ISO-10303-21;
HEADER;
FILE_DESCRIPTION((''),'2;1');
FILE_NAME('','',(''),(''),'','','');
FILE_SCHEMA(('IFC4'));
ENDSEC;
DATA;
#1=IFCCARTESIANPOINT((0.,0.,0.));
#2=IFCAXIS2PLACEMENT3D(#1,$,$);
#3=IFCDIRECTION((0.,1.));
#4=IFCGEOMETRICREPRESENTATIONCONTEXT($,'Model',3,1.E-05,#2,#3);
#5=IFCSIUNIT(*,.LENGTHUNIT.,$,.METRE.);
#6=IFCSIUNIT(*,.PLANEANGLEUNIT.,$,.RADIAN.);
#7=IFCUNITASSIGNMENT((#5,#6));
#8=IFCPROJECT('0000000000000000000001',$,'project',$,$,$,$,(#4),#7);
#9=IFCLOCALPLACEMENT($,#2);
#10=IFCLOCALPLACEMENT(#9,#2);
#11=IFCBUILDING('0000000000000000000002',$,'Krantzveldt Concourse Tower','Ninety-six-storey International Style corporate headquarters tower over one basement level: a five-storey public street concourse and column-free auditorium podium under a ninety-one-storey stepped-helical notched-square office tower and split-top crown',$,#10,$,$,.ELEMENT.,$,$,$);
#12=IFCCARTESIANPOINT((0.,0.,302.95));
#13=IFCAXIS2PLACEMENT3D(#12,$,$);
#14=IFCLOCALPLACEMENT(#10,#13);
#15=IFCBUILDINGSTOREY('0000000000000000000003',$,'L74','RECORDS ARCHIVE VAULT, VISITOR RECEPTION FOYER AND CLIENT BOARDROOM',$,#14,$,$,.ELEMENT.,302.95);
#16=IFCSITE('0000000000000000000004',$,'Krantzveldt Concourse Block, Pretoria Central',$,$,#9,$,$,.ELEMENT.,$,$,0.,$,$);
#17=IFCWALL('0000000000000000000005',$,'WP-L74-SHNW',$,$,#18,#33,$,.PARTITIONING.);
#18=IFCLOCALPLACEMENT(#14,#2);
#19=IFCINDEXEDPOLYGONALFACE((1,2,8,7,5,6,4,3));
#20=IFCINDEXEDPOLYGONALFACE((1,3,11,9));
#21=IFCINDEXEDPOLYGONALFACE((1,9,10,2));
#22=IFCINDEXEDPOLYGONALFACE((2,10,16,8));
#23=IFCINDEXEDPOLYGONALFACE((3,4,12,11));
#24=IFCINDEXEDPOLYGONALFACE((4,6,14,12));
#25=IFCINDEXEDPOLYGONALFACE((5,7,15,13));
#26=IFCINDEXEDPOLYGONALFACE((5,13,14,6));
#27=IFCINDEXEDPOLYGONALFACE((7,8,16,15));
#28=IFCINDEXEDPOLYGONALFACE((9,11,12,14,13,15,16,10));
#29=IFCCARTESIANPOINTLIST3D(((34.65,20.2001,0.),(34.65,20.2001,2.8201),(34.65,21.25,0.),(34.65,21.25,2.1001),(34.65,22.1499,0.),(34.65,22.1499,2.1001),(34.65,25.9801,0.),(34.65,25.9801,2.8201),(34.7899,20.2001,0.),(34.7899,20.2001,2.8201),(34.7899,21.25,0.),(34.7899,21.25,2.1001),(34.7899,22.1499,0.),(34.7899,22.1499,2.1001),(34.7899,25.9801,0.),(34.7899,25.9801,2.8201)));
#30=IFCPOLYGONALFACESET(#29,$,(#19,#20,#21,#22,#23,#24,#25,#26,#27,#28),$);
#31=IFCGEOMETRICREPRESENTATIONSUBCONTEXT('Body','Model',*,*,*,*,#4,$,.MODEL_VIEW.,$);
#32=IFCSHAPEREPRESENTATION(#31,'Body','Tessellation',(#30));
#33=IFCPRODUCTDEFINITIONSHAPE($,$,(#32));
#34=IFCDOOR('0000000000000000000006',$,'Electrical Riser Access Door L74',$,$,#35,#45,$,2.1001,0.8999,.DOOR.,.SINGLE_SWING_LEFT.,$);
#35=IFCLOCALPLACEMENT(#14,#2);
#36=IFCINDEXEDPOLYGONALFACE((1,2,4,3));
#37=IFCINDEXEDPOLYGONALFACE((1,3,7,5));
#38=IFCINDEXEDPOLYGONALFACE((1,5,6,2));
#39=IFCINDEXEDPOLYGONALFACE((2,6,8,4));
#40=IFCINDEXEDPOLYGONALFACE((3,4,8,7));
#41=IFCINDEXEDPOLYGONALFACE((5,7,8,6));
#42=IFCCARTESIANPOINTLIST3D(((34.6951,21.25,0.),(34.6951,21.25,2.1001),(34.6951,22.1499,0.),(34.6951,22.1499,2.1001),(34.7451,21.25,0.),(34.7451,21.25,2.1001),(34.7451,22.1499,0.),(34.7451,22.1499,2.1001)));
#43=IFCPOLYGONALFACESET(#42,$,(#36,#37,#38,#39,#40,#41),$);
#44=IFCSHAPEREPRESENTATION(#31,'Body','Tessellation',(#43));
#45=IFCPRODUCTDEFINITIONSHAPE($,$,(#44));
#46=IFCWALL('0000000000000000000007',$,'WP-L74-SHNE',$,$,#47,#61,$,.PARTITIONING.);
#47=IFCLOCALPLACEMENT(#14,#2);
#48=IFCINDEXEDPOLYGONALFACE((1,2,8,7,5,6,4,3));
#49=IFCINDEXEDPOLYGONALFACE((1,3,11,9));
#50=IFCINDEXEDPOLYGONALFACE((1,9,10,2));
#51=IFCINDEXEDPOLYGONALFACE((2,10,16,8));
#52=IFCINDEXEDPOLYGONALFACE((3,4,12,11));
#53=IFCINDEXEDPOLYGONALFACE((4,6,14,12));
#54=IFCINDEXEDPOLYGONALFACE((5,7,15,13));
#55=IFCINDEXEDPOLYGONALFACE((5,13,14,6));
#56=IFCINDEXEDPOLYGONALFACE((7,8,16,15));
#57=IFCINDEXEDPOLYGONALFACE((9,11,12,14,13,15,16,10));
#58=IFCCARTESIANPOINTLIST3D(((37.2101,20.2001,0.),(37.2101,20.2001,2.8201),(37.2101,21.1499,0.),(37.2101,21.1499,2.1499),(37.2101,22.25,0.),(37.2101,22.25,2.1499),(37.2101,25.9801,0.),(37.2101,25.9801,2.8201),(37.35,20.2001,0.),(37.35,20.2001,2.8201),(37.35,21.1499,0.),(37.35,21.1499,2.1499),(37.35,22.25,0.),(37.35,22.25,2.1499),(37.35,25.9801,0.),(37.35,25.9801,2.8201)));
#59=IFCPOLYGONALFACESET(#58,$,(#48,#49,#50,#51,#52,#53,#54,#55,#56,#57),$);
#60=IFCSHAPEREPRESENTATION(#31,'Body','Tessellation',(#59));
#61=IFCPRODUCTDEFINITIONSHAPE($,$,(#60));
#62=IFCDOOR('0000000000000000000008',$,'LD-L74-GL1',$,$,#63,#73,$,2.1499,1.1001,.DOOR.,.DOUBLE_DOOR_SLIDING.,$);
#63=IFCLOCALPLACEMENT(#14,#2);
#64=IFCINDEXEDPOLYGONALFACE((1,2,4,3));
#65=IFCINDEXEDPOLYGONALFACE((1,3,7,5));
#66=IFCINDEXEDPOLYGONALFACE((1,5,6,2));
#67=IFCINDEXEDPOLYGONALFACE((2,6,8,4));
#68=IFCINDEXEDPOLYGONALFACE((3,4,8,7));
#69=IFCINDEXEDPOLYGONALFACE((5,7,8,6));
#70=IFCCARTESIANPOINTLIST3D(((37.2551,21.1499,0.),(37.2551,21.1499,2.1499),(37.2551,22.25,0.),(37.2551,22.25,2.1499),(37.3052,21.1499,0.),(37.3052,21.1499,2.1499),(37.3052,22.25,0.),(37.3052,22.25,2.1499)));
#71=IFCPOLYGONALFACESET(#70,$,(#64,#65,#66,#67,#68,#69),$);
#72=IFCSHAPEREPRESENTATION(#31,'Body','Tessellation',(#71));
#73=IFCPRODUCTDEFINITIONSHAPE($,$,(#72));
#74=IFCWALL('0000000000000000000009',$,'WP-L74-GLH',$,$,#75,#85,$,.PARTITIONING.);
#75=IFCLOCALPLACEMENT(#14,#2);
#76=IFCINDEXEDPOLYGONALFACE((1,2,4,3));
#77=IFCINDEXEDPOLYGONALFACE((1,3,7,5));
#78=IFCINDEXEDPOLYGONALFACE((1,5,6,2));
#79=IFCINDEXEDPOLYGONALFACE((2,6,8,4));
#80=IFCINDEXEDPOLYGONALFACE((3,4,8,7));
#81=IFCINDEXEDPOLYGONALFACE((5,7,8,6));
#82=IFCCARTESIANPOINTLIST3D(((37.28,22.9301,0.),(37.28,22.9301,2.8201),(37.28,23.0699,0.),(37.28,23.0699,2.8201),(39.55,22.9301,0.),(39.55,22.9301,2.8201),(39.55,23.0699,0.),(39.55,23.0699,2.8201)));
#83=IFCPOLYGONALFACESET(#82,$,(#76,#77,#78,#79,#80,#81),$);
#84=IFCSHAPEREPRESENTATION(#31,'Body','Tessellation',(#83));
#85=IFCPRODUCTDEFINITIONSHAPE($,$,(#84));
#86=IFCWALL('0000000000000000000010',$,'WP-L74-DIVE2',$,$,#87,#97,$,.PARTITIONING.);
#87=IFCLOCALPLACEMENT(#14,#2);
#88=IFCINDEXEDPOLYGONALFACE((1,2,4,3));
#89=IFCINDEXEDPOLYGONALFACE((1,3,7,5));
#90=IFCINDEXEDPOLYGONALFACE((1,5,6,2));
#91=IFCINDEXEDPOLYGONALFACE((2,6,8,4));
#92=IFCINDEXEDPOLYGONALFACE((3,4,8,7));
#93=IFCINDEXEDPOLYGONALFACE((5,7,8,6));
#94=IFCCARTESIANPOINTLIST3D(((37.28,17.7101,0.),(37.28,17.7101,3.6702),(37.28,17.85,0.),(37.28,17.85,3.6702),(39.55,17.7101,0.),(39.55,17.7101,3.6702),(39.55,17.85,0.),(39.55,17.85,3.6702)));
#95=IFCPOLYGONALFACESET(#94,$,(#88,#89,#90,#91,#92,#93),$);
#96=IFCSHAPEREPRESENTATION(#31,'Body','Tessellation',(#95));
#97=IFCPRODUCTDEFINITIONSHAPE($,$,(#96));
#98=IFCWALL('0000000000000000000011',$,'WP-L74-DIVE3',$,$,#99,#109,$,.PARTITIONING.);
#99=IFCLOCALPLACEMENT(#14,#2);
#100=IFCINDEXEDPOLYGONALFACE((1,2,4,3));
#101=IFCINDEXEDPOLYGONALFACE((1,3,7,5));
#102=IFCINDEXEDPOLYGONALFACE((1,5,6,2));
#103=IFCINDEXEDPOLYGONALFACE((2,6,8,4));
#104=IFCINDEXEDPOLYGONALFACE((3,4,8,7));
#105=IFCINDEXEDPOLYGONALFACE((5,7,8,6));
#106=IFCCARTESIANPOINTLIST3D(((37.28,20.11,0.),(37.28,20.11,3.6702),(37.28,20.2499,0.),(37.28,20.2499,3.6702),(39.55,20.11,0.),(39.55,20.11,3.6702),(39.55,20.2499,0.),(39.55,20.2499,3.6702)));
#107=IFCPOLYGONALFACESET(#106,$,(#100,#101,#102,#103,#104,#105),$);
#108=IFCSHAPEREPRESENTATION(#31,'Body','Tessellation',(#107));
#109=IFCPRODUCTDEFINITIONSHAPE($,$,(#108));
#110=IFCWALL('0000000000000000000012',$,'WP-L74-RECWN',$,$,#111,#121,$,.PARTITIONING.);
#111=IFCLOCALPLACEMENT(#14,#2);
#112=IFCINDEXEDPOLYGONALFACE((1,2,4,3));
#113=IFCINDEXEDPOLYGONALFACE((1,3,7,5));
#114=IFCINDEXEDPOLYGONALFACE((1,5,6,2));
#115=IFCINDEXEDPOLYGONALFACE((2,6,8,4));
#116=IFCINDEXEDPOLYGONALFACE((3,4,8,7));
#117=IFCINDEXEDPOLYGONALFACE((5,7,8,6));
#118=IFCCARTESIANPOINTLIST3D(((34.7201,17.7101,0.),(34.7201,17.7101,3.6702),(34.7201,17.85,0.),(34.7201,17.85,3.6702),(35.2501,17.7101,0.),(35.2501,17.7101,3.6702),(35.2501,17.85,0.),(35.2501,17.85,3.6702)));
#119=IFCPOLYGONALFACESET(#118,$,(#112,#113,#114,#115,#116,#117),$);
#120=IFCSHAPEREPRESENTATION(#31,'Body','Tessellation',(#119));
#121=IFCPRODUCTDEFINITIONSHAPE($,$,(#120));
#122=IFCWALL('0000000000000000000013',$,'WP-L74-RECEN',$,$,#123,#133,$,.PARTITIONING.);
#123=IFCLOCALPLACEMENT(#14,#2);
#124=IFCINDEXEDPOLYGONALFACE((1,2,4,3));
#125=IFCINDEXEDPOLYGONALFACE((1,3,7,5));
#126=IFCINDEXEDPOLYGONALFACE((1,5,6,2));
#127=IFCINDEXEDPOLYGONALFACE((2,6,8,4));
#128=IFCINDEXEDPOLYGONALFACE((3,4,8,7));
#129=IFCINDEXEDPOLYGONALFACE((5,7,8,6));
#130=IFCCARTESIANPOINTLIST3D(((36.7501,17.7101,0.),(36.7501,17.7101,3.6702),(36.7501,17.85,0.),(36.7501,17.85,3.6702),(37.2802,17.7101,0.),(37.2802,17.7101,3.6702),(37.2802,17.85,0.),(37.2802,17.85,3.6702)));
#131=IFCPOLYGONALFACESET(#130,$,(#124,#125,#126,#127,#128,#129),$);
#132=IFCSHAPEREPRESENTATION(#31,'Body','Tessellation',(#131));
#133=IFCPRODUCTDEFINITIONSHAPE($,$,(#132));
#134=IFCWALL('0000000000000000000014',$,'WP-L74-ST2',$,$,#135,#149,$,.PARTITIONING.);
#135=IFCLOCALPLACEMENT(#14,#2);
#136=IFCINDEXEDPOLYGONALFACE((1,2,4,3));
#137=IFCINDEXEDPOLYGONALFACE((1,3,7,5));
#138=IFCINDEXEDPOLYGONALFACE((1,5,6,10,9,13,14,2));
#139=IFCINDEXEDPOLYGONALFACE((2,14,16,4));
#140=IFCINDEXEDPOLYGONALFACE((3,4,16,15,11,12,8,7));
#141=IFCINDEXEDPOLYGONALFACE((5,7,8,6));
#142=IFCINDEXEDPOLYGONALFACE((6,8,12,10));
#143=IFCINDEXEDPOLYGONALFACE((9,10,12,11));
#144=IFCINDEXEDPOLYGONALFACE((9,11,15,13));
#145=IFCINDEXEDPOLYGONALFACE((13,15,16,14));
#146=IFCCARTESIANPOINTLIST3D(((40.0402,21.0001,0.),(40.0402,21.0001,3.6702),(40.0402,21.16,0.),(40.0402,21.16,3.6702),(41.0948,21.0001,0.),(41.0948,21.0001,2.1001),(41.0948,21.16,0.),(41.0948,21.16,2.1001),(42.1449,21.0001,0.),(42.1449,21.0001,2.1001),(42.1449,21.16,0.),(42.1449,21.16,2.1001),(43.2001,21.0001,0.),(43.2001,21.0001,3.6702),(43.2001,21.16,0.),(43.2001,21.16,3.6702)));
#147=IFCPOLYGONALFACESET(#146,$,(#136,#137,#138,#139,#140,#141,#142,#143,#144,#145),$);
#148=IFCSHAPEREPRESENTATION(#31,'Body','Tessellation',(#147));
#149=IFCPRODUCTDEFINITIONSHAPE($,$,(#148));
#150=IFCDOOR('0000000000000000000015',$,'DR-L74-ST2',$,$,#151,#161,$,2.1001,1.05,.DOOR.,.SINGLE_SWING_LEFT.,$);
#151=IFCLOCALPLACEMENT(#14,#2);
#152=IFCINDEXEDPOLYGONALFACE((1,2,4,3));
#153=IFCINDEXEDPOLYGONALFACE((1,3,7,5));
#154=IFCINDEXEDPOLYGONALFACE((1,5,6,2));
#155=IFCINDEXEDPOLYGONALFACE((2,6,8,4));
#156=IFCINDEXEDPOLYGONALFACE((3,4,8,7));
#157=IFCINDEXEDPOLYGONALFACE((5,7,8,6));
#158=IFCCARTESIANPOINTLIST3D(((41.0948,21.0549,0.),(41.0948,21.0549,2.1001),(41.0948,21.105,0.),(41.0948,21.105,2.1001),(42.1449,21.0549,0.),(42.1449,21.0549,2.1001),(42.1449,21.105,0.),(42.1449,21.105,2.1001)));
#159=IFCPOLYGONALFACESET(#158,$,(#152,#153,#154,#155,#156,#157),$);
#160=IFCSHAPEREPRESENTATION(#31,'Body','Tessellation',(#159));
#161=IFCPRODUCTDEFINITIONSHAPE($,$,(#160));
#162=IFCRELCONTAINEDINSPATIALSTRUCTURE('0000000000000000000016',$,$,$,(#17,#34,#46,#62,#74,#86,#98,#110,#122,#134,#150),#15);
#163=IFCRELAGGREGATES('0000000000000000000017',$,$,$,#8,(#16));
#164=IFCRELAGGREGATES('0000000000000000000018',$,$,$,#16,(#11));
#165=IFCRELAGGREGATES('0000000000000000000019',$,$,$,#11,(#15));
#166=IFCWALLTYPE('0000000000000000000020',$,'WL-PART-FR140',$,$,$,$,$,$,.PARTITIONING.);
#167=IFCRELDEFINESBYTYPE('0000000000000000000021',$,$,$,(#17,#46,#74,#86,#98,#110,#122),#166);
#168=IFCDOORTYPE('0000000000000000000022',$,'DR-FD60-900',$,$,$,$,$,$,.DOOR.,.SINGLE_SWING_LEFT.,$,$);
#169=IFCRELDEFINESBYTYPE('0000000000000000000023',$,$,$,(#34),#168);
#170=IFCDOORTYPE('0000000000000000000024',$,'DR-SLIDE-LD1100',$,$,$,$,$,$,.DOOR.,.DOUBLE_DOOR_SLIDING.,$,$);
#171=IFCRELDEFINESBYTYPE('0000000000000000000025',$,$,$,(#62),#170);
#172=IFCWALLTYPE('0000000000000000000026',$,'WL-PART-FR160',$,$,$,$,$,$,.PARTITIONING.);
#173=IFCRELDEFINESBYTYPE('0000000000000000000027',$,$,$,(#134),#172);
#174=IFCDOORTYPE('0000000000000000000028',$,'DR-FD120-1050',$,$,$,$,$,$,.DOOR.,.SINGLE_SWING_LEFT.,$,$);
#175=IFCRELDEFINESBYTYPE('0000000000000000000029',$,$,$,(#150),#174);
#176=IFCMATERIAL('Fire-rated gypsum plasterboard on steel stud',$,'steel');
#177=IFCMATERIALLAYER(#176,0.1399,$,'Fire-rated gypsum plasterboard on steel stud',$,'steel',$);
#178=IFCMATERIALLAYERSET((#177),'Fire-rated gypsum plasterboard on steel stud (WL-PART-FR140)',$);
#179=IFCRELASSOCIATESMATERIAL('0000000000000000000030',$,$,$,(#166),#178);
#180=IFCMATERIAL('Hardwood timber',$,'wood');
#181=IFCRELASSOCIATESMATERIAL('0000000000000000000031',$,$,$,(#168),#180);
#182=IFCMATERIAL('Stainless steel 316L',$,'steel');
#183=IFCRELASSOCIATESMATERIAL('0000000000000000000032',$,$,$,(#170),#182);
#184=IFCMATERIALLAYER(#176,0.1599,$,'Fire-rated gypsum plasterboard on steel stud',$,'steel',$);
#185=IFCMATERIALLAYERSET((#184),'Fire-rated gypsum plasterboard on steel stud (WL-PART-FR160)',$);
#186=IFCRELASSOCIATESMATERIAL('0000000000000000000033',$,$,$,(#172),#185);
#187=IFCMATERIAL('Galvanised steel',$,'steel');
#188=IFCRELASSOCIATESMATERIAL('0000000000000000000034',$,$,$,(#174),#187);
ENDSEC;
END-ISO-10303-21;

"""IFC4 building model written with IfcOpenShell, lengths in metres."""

from ifc_helpers import new_model, si_unit, direction, frame, frame_2d, origin, place, context, subcontext, project, spatial, rectangle, extrude, material, layer, layer_set, type_object, element, fill, save


model = new_model("IFC4")

# Units and contexts
model_context = context("Model", 3, precision=1e-05, world=origin(), true_north=direction((0.0, 1.0)))
body_context = subcontext(model_context, "Body", "Model", "MODEL_VIEW")
ifc_project = project(units=[si_unit("LENGTHUNIT", "METRE"), si_unit("PLANEANGLEUNIT", "RADIAN")], contexts=[model_context])

# Site, building, storey
site_placement = place(None, origin())
site = spatial("IfcSite", under=ifc_project, at=site_placement, Name="Krantzveldt Concourse Block, Pretoria Central", CompositionType="ELEMENT", RefElevation=0.0)
building_placement = place(site_placement, origin())
building = spatial("IfcBuilding", under=site, at=building_placement, Name="Krantzveldt Concourse Tower", Description="Ninety-six-storey International Style corporate headquarters tower over one basement level: a five-storey public street concourse and column-free auditorium podium under a ninety-one-storey stepped-helical notched-square office tower and split-top crown", CompositionType="ELEMENT")
storey_placement = place(building_placement, frame((0.0, 0.0, 302.95)))
storey = spatial("IfcBuildingStorey", under=building, at=storey_placement, Name="L74", Description="RECORDS ARCHIVE VAULT, VISITOR RECEPTION FOYER AND CLIENT BOARDROOM", CompositionType="ELEMENT", Elevation=302.95)

# Walls, openings, doors
ifc_material_1 = material(Name="Fire-rated gypsum plasterboard on steel stud", Category="steel")
ifc_layer_1 = layer(ifc_material_1, 0.1399, Name="Fire-rated gypsum plasterboard on steel stud", Category="steel")
ifc_layer_set_1 = layer_set([ifc_layer_1], Name="Fire-rated gypsum plasterboard on steel stud (WL-PART-FR140)")
wall_type_1 = type_object("IfcWallType", Name="WL-PART-FR140", PredefinedType="PARTITIONING", material=ifc_layer_set_1)
wall_1_placement = place(storey_placement, frame((34.72, 20.2, 0.0), z_axis=(0.0, 0.0, 1.0), x_axis=(0.0, 1.0, 0.0)))
wall_1 = element("IfcWall", 1, at=wall_1_placement, inside=storey, type_object=wall_type_1, Name="WP-L74-SHNW", PredefinedType="PARTITIONING", context=body_context, shape_type="SweptSolid", body=[
    extrude(rectangle(XDim=5.78, YDim=0.1399, at=frame_2d((2.8901, 0.0))), origin(), (0.0, 0.0, 1.0), 2.8201),
])
opening_1_placement = place(wall_1_placement, frame((1.05, 0.0, 0.0)))
opening_1 = element("IfcOpeningElement", 2, at=opening_1_placement, cuts=wall_1, PredefinedType="OPENING", context=body_context, shape_type="SweptSolid", body=[
    extrude(rectangle(XDim=0.8999, YDim=2.1001, at=frame_2d((0.45, 1.05))), frame((0.0, 0.0801, 0.0), z_axis=(0.0, -1.0, 0.0), x_axis=(1.0, 0.0, 0.0)), (0.0, 0.0, 1.0), 0.1599),
])
ifc_material_2 = material(Name="Hardwood timber", Category="wood")
door_type_1 = type_object("IfcDoorType", Name="DR-FD60-900", OperationType="SINGLE_SWING_LEFT", PredefinedType="DOOR", material=ifc_material_2)
door_1_placement = place(opening_1_placement, origin())
door_1 = element("IfcDoor", 3, at=door_1_placement, inside=storey, type_object=door_type_1, Name="Electrical Riser Access Door L74", OperationType="SINGLE_SWING_LEFT", OverallHeight=2.1001, OverallWidth=0.8999, PredefinedType="DOOR", context=body_context, shape_type="SweptSolid", body=[
    extrude(rectangle(XDim=0.8999, YDim=2.1001, at=frame_2d((0.45, 1.05))), frame((0.0, 0.0249, 0.0), z_axis=(0.0, -1.0, 0.0), x_axis=(1.0, 0.0, 0.0)), (0.0, 0.0, 1.0), 0.05),
])
fill(opening_1, door_1)
wall_2_placement = place(storey_placement, frame((37.28, 20.2, 0.0), z_axis=(0.0, 0.0, 1.0), x_axis=(0.0, 1.0, 0.0)))
wall_2 = element("IfcWall", 4, at=wall_2_placement, inside=storey, type_object=wall_type_1, Name="WP-L74-SHNE", PredefinedType="PARTITIONING", context=body_context, shape_type="SweptSolid", body=[
    extrude(rectangle(XDim=5.78, YDim=0.1399, at=frame_2d((2.8901, 0.0))), origin(), (0.0, 0.0, 1.0), 2.8201),
])
opening_2_placement = place(wall_2_placement, frame((0.95, 0.0, 0.0)))
opening_2 = element("IfcOpeningElement", 5, at=opening_2_placement, cuts=wall_2, PredefinedType="OPENING", context=body_context, shape_type="SweptSolid", body=[
    extrude(rectangle(XDim=1.1001, YDim=2.1499, at=frame_2d((0.55, 1.075))), frame((0.0, 0.0801, 0.0), z_axis=(0.0, -1.0, 0.0), x_axis=(1.0, 0.0, 0.0)), (0.0, 0.0, 1.0), 0.1599),
])
ifc_material_3 = material(Name="Stainless steel 316L", Category="steel")
door_type_2 = type_object("IfcDoorType", Name="DR-SLIDE-LD1100", OperationType="DOUBLE_DOOR_SLIDING", PredefinedType="DOOR", material=ifc_material_3)
door_2_placement = place(opening_2_placement, origin())
door_2 = element("IfcDoor", 6, at=door_2_placement, inside=storey, type_object=door_type_2, Name="LD-L74-GL1", OperationType="DOUBLE_DOOR_SLIDING", OverallHeight=2.1499, OverallWidth=1.1001, PredefinedType="DOOR", context=body_context, shape_type="SweptSolid", body=[
    extrude(rectangle(XDim=1.1001, YDim=2.1499, at=frame_2d((0.55, 1.075))), frame((0.0, 0.0249, 0.0), z_axis=(0.0, -1.0, 0.0), x_axis=(1.0, 0.0, 0.0)), (0.0, 0.0, 1.0), 0.05),
])
fill(opening_2, door_2)

# Wall
wall_3_placement = place(storey_placement, frame((37.28, 23.0, 0.0), z_axis=(0.0, 0.0, 1.0), x_axis=(1.0, 0.0, 0.0)))
element("IfcWall", 7, at=wall_3_placement, inside=storey, type_object=wall_type_1, Name="WP-L74-GLH", PredefinedType="PARTITIONING", context=body_context, shape_type="SweptSolid", body=[
    extrude(rectangle(XDim=2.27, YDim=0.1399, at=frame_2d((1.135, 0.0))), origin(), (0.0, 0.0, 1.0), 2.8201),
])

# Walls
for number, where, z_axis, x_axis, name in (
    (8, (37.28, 17.78, 0.0), (0.0, 0.0, 1.0), (1.0, 0.0, 0.0), "WP-L74-DIVE2"),
    (9, (37.28, 20.1799, 0.0), (0.0, 0.0, 1.0), (1.0, 0.0, 0.0), "WP-L74-DIVE3"),
):
    element("IfcWall", number, at=place(storey_placement, frame(where, z_axis=z_axis, x_axis=x_axis)), inside=storey, type_object=wall_type_1, Name=name, PredefinedType="PARTITIONING", context=body_context, shape_type="SweptSolid", body=[
        extrude(rectangle(XDim=2.27, YDim=0.1399, at=frame_2d((1.135, 0.0))), origin(), (0.0, 0.0, 1.0), 3.6702),
    ])
for number, where, z_axis, x_axis, name in (
    (10, (34.72, 17.78, 0.0), (0.0, 0.0, 1.0), (1.0, 0.0, 0.0), "WP-L74-RECWN"),
    (11, (36.75, 17.78, 0.0), (0.0, 0.0, 1.0), (1.0, 0.0, 0.0), "WP-L74-RECEN"),
):
    element("IfcWall", number, at=place(storey_placement, frame(where, z_axis=z_axis, x_axis=x_axis)), inside=storey, type_object=wall_type_1, Name=name, PredefinedType="PARTITIONING", context=body_context, shape_type="SweptSolid", body=[
        extrude(rectangle(XDim=0.53, YDim=0.1399, at=frame_2d((0.2651, 0.0))), origin(), (0.0, 0.0, 1.0), 3.6702),
    ])

# Wall, opening, door
ifc_layer_2 = layer(ifc_material_1, 0.1599, Name="Fire-rated gypsum plasterboard on steel stud", Category="steel")
ifc_layer_set_2 = layer_set([ifc_layer_2], Name="Fire-rated gypsum plasterboard on steel stud (WL-PART-FR160)")
wall_type_2 = type_object("IfcWallType", Name="WL-PART-FR160", PredefinedType="PARTITIONING", material=ifc_layer_set_2)
wall_4_placement = place(storey_placement, frame((40.04, 21.0801, 0.0), z_axis=(0.0, 0.0, 1.0), x_axis=(1.0, 0.0, 0.0)))
wall_4 = element("IfcWall", 12, at=wall_4_placement, inside=storey, type_object=wall_type_2, Name="WP-L74-ST2", PredefinedType="PARTITIONING", context=body_context, shape_type="SweptSolid", body=[
    extrude(rectangle(XDim=3.1599, YDim=0.1599, at=frame_2d((1.5801, 0.0))), origin(), (0.0, 0.0, 1.0), 3.6702),
])
opening_3_placement = place(wall_4_placement, frame((1.0549, 0.0, 0.0)))
opening_3 = element("IfcOpeningElement", 13, at=opening_3_placement, cuts=wall_4, PredefinedType="OPENING", context=body_context, shape_type="SweptSolid", body=[
    extrude(rectangle(XDim=1.05, YDim=2.1001, at=frame_2d((0.5249, 1.05))), frame((0.0, 0.0898, 0.0), z_axis=(0.0, -1.0, 0.0), x_axis=(1.0, 0.0, 0.0)), (0.0, 0.0, 1.0), 0.1799),
])
ifc_material_4 = material(Name="Galvanised steel", Category="steel")
door_type_3 = type_object("IfcDoorType", Name="DR-FD120-1050", OperationType="SINGLE_SWING_LEFT", PredefinedType="DOOR", material=ifc_material_4)
door_3_placement = place(opening_3_placement, origin())
door_3 = element("IfcDoor", 14, at=door_3_placement, inside=storey, type_object=door_type_3, Name="DR-L74-ST2", OperationType="SINGLE_SWING_LEFT", OverallHeight=2.1001, OverallWidth=1.05, PredefinedType="DOOR", context=body_context, shape_type="SweptSolid", body=[
    extrude(rectangle(XDim=1.05, YDim=2.1001, at=frame_2d((0.5249, 1.05))), frame((0.0, 0.0249, 0.0), z_axis=(0.0, -1.0, 0.0), x_axis=(1.0, 0.0, 0.0)), (0.0, 0.0, 1.0), 0.05),
])
fill(opening_3, door_3)

save(model, "model.ifc")
